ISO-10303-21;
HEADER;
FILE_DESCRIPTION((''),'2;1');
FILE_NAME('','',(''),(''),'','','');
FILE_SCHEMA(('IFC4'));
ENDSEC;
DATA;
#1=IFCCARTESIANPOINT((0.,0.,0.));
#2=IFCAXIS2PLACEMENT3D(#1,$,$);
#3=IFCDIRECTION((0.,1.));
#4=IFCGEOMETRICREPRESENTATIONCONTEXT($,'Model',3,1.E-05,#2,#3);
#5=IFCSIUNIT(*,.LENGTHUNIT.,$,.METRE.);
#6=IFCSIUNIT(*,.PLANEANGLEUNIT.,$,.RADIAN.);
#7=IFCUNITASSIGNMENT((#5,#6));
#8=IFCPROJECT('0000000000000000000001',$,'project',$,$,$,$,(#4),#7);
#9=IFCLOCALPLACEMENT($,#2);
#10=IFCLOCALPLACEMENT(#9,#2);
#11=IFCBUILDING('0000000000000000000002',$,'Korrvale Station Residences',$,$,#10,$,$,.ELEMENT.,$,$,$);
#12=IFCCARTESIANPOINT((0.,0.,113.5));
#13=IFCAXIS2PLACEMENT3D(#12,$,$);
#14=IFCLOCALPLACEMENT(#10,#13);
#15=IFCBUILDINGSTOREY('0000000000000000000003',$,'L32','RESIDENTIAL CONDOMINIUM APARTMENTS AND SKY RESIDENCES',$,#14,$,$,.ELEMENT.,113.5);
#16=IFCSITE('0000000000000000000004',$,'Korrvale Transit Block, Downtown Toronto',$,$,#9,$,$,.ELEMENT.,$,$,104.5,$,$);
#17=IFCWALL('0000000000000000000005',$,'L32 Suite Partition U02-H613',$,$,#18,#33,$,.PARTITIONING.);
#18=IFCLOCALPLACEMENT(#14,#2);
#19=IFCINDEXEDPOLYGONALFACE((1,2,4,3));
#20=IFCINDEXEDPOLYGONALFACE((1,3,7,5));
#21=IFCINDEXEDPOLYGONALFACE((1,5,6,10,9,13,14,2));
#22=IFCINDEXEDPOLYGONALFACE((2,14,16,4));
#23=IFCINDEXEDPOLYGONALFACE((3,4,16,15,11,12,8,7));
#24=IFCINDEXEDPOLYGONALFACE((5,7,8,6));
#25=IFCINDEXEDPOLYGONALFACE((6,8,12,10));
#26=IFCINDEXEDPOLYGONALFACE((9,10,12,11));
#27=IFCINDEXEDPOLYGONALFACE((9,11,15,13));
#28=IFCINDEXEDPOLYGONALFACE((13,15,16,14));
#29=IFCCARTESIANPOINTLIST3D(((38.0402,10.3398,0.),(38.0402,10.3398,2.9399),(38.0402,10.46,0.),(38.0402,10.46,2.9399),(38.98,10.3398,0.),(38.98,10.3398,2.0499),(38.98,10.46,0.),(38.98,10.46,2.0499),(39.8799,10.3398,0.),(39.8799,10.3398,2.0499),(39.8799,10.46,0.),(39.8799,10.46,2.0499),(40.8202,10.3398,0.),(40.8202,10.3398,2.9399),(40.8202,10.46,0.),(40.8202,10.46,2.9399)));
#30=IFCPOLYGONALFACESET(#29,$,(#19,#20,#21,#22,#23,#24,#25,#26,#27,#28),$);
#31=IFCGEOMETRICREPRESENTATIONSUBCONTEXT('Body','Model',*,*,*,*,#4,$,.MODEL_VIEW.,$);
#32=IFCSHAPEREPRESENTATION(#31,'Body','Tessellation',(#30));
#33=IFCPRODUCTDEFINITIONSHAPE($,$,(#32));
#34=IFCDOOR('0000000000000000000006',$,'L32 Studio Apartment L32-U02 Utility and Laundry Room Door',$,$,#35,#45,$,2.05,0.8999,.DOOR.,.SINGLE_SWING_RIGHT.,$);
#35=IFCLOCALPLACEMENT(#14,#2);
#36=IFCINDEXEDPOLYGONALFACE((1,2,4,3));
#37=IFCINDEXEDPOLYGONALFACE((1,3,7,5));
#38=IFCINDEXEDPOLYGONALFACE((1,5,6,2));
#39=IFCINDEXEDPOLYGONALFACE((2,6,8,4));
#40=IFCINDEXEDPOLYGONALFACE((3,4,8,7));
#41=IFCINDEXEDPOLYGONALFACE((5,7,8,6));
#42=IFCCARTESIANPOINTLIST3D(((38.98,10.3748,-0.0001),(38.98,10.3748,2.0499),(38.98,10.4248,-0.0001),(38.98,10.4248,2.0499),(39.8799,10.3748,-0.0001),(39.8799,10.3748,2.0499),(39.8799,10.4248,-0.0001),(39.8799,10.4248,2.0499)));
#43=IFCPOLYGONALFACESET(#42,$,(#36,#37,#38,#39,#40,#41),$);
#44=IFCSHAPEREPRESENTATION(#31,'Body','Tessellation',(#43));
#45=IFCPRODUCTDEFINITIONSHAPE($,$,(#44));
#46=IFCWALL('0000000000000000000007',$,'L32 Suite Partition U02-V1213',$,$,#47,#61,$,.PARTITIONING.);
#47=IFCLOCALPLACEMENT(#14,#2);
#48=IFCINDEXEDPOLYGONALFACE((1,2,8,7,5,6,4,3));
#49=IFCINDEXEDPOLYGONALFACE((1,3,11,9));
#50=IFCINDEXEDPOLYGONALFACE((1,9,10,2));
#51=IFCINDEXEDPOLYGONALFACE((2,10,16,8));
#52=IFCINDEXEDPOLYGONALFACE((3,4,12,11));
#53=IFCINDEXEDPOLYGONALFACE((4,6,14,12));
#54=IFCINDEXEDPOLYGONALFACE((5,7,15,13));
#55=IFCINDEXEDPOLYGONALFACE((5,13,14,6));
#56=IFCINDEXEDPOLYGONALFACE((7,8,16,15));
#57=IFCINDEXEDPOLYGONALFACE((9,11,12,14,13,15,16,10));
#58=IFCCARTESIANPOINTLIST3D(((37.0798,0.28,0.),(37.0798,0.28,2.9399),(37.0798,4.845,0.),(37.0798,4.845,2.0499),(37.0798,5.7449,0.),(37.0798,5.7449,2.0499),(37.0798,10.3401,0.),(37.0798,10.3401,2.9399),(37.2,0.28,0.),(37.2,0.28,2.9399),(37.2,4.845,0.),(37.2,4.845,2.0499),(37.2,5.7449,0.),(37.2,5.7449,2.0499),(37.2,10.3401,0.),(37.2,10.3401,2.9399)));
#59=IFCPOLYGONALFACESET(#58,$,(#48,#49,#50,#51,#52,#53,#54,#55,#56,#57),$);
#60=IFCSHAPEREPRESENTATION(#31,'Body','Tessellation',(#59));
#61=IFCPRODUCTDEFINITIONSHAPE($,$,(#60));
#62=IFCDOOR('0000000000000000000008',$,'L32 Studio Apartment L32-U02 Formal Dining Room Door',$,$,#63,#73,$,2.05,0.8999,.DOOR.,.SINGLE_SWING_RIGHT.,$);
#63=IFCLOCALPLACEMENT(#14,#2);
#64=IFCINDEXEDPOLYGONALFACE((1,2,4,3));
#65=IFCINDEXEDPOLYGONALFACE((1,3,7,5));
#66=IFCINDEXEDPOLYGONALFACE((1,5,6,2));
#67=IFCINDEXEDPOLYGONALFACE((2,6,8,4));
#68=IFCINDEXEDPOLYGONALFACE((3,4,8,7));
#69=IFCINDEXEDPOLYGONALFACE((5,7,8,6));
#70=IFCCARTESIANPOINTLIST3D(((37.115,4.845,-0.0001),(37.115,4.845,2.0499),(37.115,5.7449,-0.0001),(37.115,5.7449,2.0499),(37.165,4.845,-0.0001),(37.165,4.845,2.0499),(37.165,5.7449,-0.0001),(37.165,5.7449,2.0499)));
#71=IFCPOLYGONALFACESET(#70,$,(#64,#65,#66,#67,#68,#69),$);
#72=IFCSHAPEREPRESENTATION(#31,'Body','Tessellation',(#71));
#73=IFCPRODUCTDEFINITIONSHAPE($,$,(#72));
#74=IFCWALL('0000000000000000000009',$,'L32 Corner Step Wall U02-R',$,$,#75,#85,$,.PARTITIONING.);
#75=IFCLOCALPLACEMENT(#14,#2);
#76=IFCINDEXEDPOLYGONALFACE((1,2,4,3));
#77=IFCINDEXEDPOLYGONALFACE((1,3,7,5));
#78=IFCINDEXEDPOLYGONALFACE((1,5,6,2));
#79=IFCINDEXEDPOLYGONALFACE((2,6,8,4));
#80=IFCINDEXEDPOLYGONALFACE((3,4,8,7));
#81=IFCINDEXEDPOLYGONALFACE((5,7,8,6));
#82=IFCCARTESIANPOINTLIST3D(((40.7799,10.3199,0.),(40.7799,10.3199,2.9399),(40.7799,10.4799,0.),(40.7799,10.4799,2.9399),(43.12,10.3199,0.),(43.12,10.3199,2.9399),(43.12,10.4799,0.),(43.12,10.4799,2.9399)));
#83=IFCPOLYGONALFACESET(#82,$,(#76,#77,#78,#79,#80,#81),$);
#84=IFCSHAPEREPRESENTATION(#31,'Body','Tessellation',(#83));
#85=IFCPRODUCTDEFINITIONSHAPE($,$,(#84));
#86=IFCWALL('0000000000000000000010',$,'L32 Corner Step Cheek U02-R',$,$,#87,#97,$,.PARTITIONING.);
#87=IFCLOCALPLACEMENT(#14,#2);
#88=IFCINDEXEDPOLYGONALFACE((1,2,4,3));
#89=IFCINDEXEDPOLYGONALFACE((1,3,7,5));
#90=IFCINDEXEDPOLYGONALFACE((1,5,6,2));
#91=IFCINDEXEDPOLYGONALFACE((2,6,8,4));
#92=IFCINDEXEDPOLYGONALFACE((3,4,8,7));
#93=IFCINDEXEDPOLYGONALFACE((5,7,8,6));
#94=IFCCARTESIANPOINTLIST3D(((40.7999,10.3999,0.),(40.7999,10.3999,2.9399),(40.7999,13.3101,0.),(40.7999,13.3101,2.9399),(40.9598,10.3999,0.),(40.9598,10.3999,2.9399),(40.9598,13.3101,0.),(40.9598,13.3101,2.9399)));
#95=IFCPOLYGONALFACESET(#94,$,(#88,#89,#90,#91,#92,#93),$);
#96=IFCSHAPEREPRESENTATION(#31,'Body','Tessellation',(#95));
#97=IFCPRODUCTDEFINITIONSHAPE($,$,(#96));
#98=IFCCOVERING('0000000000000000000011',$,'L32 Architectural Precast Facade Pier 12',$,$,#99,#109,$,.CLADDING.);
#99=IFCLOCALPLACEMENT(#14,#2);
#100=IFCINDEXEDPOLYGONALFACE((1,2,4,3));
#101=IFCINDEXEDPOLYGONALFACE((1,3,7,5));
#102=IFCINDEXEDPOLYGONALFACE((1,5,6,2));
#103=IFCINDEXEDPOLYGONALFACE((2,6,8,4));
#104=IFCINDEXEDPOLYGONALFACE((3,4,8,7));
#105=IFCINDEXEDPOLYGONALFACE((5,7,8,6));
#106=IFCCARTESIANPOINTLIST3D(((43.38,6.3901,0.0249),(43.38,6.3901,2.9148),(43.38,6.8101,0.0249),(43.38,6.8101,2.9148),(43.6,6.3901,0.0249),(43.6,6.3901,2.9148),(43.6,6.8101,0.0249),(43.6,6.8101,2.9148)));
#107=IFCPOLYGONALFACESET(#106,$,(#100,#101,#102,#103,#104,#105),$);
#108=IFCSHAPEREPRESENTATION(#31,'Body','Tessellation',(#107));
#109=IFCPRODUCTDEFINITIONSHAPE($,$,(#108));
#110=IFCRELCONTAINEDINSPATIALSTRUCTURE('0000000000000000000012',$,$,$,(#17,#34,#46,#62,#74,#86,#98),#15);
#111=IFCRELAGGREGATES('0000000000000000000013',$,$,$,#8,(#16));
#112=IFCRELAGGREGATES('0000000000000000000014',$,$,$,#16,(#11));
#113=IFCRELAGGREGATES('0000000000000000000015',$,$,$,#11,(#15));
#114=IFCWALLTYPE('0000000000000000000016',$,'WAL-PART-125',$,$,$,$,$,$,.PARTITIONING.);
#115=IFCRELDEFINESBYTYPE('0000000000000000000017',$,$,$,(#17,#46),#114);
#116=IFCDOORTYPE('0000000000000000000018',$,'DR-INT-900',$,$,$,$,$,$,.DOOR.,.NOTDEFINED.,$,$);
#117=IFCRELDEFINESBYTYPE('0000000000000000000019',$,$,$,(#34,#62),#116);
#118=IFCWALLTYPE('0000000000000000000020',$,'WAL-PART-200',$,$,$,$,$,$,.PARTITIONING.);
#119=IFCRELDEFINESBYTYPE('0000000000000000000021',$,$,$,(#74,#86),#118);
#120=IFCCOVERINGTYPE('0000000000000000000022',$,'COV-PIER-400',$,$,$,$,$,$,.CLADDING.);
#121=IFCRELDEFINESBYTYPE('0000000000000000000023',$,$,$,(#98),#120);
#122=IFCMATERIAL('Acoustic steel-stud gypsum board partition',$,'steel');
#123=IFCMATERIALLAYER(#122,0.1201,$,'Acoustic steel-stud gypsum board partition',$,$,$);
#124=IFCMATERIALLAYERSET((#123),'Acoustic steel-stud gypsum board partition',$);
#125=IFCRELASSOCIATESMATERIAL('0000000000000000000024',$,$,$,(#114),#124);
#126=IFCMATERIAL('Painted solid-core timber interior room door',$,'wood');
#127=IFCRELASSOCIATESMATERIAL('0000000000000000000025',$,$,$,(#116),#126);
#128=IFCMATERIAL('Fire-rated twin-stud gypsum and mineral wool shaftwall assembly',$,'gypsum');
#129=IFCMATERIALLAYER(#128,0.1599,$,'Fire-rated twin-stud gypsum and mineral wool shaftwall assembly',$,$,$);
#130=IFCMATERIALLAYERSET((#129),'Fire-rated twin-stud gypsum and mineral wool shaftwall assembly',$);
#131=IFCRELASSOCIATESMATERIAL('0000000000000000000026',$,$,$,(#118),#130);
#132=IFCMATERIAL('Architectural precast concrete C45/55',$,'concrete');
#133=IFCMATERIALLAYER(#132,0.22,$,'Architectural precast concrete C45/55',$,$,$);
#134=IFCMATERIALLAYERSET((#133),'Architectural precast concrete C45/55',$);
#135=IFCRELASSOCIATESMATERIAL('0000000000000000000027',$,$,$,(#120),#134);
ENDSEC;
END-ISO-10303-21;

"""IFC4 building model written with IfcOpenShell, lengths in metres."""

from ifc_helpers import new_model, si_unit, direction, frame, frame_2d, origin, origin_2d, place, context, subcontext, project, spatial, rectangle, extrude, material, layer, layer_set, type_object, element, fill, save


model = new_model("IFC4")

# Units and contexts
model_context = context("Model", 3, precision=1e-05, world=origin(), true_north=direction((0.0, 1.0)))
body_context = subcontext(model_context, "Body", "Model", "MODEL_VIEW")
ifc_project = project(units=[si_unit("LENGTHUNIT", "METRE"), si_unit("PLANEANGLEUNIT", "RADIAN")], contexts=[model_context])

# Site, building, storey
site_placement = place(None, origin())
site = spatial("IfcSite", under=ifc_project, at=site_placement, Name="Korrvale Transit Block, Downtown Toronto", CompositionType="ELEMENT", RefElevation=104.5)
building_placement = place(site_placement, origin())
building = spatial("IfcBuilding", under=site, at=building_placement, Name="Korrvale Station Residences", CompositionType="ELEMENT")
storey_placement = place(building_placement, frame((0.0, 0.0, 113.5)))
storey = spatial("IfcBuildingStorey", under=building, at=storey_placement, Name="L32", Description="RESIDENTIAL CONDOMINIUM APARTMENTS AND SKY RESIDENCES", CompositionType="ELEMENT", Elevation=113.5)

# Shared definitions
ifc_material_1 = material(Name="Acoustic steel-stud gypsum board partition", Category="steel")
ifc_layer_1 = layer(ifc_material_1, 0.1201, Name="Acoustic steel-stud gypsum board partition")
ifc_layer_set_1 = layer_set([ifc_layer_1], Name="Acoustic steel-stud gypsum board partition")
wall_type_1 = type_object("IfcWallType", Name="WAL-PART-125", PredefinedType="PARTITIONING", material=ifc_layer_set_1)

# Shared definitions
ifc_material_2 = material(Name="Painted solid-core timber interior room door", Category="wood")
door_type = type_object("IfcDoorType", Name="DR-INT-900", OperationType="NOTDEFINED", PredefinedType="DOOR", material=ifc_material_2)

# Walls, openings, doors
wall_1_placement = place(storey_placement, frame((38.04, 10.3999, 0.0), z_axis=(0.0, 0.0, 1.0), x_axis=(1.0, 0.0, 0.0)))
wall_1 = element("IfcWall", 1, at=wall_1_placement, inside=storey, type_object=wall_type_1, Name="L32 Suite Partition U02-H613", PredefinedType="PARTITIONING", context=body_context, shape_type="SweptSolid", body=[
    extrude(rectangle(XDim=2.78, YDim=0.1201, at=frame_2d((1.3901, 0.0))), origin(), (0.0, 0.0, 1.0), 2.9399),
])
opening_1_placement = place(wall_1_placement, frame((0.9399, 0.0, 0.0)))
opening_1 = element("IfcOpeningElement", 2, at=opening_1_placement, cuts=wall_1, PredefinedType="OPENING", context=body_context, shape_type="SweptSolid", body=[
    extrude(rectangle(XDim=0.8999, YDim=2.05, at=frame_2d((0.45, 1.0249))), frame((0.0, 0.0701, 0.0), z_axis=(0.0, -1.0, 0.0), x_axis=(1.0, 0.0, 0.0)), (0.0, 0.0, 1.0), 0.1401),
])
door_1_placement = place(opening_1_placement, origin())
door_1 = element("IfcDoor", 3, at=door_1_placement, inside=storey, type_object=door_type, Name="L32 Studio Apartment L32-U02 Utility and Laundry Room Door", OperationType="SINGLE_SWING_RIGHT", OverallHeight=2.05, OverallWidth=0.8999, PredefinedType="DOOR", context=body_context, shape_type="SweptSolid", body=[
    extrude(rectangle(XDim=0.8999, YDim=2.05, at=frame_2d((0.45, 1.0249))), frame((0.0, 0.0249, 0.0), z_axis=(0.0, -1.0, 0.0), x_axis=(1.0, 0.0, 0.0)), (0.0, 0.0, 1.0), 0.05),
])
fill(opening_1, door_1)
wall_2_placement = place(storey_placement, frame((37.1399, 0.28, 0.0), z_axis=(0.0, 0.0, 1.0), x_axis=(0.0, 1.0, 0.0)))
wall_2 = element("IfcWall", 4, at=wall_2_placement, inside=storey, type_object=wall_type_1, Name="L32 Suite Partition U02-V1213", PredefinedType="PARTITIONING", context=body_context, shape_type="SweptSolid", body=[
    extrude(rectangle(XDim=10.0601, YDim=0.1201, at=frame_2d((5.03, 0.0))), origin(), (0.0, 0.0, 1.0), 2.9399),
])
opening_2_placement = place(wall_2_placement, frame((4.5649, 0.0, 0.0)))
opening_2 = element("IfcOpeningElement", 5, at=opening_2_placement, cuts=wall_2, PredefinedType="OPENING", context=body_context, shape_type="SweptSolid", body=[
    extrude(rectangle(XDim=0.8999, YDim=2.05, at=frame_2d((0.45, 1.0249))), frame((0.0, 0.0701, 0.0), z_axis=(0.0, -1.0, 0.0), x_axis=(1.0, 0.0, 0.0)), (0.0, 0.0, 1.0), 0.1401),
])
door_2_placement = place(opening_2_placement, origin())
door_2 = element("IfcDoor", 6, at=door_2_placement, inside=storey, type_object=door_type, Name="L32 Studio Apartment L32-U02 Formal Dining Room Door", OperationType="SINGLE_SWING_RIGHT", OverallHeight=2.05, OverallWidth=0.8999, PredefinedType="DOOR", context=body_context, shape_type="SweptSolid", body=[
    extrude(rectangle(XDim=0.8999, YDim=2.05, at=frame_2d((0.45, 1.0249))), frame((0.0, 0.0249, 0.0), z_axis=(0.0, -1.0, 0.0), x_axis=(1.0, 0.0, 0.0)), (0.0, 0.0, 1.0), 0.05),
])
fill(opening_2, door_2)

# Walls
ifc_material_3 = material(Name="Fire-rated twin-stud gypsum and mineral wool shaftwall assembly", Category="gypsum")
ifc_layer_2 = layer(ifc_material_3, 0.1599, Name="Fire-rated twin-stud gypsum and mineral wool shaftwall assembly")
ifc_layer_set_2 = layer_set([ifc_layer_2], Name="Fire-rated twin-stud gypsum and mineral wool shaftwall assembly")
wall_type_2 = type_object("IfcWallType", Name="WAL-PART-200", PredefinedType="PARTITIONING", material=ifc_layer_set_2)
wall_3_placement = place(storey_placement, frame((40.78, 10.3999, 0.0), z_axis=(0.0, 0.0, 1.0), x_axis=(1.0, 0.0, 0.0)))
element("IfcWall", 7, at=wall_3_placement, inside=storey, type_object=wall_type_2, Name="L32 Corner Step Wall U02-R", PredefinedType="PARTITIONING", context=body_context, shape_type="SweptSolid", body=[
    extrude(rectangle(XDim=2.3401, YDim=0.1599, at=frame_2d((1.1699, 0.0))), origin(), (0.0, 0.0, 1.0), 2.9399),
])
wall_4_placement = place(storey_placement, frame((40.8799, 10.3999, 0.0), z_axis=(0.0, 0.0, 1.0), x_axis=(0.0, 1.0, 0.0)))
element("IfcWall", 8, at=wall_4_placement, inside=storey, type_object=wall_type_2, Name="L32 Corner Step Cheek U02-R", PredefinedType="PARTITIONING", context=body_context, shape_type="SweptSolid", body=[
    extrude(rectangle(XDim=2.9102, YDim=0.1599, at=frame_2d((1.4551, 0.0))), origin(), (0.0, 0.0, 1.0), 2.9399),
])

# Covering
ifc_material_4 = material(Name="Architectural precast concrete C45/55", Category="concrete")
ifc_layer_3 = layer(ifc_material_4, 0.22, Name="Architectural precast concrete C45/55")
ifc_layer_set_3 = layer_set([ifc_layer_3], Name="Architectural precast concrete C45/55")
covering_type = type_object("IfcCoveringType", Name="COV-PIER-400", PredefinedType="CLADDING", material=ifc_layer_set_3)
covering_placement = place(storey_placement, frame((43.49, 6.6001, 0.0249), z_axis=(0.0, 0.0, 1.0), x_axis=(0.0, 1.0, 0.0)))
element("IfcCovering", 9, at=covering_placement, inside=storey, type_object=covering_type, Name="L32 Architectural Precast Facade Pier 12", PredefinedType="CLADDING", context=body_context, shape_type="SweptSolid", body=[
    extrude(rectangle(XDim=0.4199, YDim=0.22, at=origin_2d()), origin(), (0.0, 0.0, 1.0), 2.8899),
])

save(model, "model.ifc")
